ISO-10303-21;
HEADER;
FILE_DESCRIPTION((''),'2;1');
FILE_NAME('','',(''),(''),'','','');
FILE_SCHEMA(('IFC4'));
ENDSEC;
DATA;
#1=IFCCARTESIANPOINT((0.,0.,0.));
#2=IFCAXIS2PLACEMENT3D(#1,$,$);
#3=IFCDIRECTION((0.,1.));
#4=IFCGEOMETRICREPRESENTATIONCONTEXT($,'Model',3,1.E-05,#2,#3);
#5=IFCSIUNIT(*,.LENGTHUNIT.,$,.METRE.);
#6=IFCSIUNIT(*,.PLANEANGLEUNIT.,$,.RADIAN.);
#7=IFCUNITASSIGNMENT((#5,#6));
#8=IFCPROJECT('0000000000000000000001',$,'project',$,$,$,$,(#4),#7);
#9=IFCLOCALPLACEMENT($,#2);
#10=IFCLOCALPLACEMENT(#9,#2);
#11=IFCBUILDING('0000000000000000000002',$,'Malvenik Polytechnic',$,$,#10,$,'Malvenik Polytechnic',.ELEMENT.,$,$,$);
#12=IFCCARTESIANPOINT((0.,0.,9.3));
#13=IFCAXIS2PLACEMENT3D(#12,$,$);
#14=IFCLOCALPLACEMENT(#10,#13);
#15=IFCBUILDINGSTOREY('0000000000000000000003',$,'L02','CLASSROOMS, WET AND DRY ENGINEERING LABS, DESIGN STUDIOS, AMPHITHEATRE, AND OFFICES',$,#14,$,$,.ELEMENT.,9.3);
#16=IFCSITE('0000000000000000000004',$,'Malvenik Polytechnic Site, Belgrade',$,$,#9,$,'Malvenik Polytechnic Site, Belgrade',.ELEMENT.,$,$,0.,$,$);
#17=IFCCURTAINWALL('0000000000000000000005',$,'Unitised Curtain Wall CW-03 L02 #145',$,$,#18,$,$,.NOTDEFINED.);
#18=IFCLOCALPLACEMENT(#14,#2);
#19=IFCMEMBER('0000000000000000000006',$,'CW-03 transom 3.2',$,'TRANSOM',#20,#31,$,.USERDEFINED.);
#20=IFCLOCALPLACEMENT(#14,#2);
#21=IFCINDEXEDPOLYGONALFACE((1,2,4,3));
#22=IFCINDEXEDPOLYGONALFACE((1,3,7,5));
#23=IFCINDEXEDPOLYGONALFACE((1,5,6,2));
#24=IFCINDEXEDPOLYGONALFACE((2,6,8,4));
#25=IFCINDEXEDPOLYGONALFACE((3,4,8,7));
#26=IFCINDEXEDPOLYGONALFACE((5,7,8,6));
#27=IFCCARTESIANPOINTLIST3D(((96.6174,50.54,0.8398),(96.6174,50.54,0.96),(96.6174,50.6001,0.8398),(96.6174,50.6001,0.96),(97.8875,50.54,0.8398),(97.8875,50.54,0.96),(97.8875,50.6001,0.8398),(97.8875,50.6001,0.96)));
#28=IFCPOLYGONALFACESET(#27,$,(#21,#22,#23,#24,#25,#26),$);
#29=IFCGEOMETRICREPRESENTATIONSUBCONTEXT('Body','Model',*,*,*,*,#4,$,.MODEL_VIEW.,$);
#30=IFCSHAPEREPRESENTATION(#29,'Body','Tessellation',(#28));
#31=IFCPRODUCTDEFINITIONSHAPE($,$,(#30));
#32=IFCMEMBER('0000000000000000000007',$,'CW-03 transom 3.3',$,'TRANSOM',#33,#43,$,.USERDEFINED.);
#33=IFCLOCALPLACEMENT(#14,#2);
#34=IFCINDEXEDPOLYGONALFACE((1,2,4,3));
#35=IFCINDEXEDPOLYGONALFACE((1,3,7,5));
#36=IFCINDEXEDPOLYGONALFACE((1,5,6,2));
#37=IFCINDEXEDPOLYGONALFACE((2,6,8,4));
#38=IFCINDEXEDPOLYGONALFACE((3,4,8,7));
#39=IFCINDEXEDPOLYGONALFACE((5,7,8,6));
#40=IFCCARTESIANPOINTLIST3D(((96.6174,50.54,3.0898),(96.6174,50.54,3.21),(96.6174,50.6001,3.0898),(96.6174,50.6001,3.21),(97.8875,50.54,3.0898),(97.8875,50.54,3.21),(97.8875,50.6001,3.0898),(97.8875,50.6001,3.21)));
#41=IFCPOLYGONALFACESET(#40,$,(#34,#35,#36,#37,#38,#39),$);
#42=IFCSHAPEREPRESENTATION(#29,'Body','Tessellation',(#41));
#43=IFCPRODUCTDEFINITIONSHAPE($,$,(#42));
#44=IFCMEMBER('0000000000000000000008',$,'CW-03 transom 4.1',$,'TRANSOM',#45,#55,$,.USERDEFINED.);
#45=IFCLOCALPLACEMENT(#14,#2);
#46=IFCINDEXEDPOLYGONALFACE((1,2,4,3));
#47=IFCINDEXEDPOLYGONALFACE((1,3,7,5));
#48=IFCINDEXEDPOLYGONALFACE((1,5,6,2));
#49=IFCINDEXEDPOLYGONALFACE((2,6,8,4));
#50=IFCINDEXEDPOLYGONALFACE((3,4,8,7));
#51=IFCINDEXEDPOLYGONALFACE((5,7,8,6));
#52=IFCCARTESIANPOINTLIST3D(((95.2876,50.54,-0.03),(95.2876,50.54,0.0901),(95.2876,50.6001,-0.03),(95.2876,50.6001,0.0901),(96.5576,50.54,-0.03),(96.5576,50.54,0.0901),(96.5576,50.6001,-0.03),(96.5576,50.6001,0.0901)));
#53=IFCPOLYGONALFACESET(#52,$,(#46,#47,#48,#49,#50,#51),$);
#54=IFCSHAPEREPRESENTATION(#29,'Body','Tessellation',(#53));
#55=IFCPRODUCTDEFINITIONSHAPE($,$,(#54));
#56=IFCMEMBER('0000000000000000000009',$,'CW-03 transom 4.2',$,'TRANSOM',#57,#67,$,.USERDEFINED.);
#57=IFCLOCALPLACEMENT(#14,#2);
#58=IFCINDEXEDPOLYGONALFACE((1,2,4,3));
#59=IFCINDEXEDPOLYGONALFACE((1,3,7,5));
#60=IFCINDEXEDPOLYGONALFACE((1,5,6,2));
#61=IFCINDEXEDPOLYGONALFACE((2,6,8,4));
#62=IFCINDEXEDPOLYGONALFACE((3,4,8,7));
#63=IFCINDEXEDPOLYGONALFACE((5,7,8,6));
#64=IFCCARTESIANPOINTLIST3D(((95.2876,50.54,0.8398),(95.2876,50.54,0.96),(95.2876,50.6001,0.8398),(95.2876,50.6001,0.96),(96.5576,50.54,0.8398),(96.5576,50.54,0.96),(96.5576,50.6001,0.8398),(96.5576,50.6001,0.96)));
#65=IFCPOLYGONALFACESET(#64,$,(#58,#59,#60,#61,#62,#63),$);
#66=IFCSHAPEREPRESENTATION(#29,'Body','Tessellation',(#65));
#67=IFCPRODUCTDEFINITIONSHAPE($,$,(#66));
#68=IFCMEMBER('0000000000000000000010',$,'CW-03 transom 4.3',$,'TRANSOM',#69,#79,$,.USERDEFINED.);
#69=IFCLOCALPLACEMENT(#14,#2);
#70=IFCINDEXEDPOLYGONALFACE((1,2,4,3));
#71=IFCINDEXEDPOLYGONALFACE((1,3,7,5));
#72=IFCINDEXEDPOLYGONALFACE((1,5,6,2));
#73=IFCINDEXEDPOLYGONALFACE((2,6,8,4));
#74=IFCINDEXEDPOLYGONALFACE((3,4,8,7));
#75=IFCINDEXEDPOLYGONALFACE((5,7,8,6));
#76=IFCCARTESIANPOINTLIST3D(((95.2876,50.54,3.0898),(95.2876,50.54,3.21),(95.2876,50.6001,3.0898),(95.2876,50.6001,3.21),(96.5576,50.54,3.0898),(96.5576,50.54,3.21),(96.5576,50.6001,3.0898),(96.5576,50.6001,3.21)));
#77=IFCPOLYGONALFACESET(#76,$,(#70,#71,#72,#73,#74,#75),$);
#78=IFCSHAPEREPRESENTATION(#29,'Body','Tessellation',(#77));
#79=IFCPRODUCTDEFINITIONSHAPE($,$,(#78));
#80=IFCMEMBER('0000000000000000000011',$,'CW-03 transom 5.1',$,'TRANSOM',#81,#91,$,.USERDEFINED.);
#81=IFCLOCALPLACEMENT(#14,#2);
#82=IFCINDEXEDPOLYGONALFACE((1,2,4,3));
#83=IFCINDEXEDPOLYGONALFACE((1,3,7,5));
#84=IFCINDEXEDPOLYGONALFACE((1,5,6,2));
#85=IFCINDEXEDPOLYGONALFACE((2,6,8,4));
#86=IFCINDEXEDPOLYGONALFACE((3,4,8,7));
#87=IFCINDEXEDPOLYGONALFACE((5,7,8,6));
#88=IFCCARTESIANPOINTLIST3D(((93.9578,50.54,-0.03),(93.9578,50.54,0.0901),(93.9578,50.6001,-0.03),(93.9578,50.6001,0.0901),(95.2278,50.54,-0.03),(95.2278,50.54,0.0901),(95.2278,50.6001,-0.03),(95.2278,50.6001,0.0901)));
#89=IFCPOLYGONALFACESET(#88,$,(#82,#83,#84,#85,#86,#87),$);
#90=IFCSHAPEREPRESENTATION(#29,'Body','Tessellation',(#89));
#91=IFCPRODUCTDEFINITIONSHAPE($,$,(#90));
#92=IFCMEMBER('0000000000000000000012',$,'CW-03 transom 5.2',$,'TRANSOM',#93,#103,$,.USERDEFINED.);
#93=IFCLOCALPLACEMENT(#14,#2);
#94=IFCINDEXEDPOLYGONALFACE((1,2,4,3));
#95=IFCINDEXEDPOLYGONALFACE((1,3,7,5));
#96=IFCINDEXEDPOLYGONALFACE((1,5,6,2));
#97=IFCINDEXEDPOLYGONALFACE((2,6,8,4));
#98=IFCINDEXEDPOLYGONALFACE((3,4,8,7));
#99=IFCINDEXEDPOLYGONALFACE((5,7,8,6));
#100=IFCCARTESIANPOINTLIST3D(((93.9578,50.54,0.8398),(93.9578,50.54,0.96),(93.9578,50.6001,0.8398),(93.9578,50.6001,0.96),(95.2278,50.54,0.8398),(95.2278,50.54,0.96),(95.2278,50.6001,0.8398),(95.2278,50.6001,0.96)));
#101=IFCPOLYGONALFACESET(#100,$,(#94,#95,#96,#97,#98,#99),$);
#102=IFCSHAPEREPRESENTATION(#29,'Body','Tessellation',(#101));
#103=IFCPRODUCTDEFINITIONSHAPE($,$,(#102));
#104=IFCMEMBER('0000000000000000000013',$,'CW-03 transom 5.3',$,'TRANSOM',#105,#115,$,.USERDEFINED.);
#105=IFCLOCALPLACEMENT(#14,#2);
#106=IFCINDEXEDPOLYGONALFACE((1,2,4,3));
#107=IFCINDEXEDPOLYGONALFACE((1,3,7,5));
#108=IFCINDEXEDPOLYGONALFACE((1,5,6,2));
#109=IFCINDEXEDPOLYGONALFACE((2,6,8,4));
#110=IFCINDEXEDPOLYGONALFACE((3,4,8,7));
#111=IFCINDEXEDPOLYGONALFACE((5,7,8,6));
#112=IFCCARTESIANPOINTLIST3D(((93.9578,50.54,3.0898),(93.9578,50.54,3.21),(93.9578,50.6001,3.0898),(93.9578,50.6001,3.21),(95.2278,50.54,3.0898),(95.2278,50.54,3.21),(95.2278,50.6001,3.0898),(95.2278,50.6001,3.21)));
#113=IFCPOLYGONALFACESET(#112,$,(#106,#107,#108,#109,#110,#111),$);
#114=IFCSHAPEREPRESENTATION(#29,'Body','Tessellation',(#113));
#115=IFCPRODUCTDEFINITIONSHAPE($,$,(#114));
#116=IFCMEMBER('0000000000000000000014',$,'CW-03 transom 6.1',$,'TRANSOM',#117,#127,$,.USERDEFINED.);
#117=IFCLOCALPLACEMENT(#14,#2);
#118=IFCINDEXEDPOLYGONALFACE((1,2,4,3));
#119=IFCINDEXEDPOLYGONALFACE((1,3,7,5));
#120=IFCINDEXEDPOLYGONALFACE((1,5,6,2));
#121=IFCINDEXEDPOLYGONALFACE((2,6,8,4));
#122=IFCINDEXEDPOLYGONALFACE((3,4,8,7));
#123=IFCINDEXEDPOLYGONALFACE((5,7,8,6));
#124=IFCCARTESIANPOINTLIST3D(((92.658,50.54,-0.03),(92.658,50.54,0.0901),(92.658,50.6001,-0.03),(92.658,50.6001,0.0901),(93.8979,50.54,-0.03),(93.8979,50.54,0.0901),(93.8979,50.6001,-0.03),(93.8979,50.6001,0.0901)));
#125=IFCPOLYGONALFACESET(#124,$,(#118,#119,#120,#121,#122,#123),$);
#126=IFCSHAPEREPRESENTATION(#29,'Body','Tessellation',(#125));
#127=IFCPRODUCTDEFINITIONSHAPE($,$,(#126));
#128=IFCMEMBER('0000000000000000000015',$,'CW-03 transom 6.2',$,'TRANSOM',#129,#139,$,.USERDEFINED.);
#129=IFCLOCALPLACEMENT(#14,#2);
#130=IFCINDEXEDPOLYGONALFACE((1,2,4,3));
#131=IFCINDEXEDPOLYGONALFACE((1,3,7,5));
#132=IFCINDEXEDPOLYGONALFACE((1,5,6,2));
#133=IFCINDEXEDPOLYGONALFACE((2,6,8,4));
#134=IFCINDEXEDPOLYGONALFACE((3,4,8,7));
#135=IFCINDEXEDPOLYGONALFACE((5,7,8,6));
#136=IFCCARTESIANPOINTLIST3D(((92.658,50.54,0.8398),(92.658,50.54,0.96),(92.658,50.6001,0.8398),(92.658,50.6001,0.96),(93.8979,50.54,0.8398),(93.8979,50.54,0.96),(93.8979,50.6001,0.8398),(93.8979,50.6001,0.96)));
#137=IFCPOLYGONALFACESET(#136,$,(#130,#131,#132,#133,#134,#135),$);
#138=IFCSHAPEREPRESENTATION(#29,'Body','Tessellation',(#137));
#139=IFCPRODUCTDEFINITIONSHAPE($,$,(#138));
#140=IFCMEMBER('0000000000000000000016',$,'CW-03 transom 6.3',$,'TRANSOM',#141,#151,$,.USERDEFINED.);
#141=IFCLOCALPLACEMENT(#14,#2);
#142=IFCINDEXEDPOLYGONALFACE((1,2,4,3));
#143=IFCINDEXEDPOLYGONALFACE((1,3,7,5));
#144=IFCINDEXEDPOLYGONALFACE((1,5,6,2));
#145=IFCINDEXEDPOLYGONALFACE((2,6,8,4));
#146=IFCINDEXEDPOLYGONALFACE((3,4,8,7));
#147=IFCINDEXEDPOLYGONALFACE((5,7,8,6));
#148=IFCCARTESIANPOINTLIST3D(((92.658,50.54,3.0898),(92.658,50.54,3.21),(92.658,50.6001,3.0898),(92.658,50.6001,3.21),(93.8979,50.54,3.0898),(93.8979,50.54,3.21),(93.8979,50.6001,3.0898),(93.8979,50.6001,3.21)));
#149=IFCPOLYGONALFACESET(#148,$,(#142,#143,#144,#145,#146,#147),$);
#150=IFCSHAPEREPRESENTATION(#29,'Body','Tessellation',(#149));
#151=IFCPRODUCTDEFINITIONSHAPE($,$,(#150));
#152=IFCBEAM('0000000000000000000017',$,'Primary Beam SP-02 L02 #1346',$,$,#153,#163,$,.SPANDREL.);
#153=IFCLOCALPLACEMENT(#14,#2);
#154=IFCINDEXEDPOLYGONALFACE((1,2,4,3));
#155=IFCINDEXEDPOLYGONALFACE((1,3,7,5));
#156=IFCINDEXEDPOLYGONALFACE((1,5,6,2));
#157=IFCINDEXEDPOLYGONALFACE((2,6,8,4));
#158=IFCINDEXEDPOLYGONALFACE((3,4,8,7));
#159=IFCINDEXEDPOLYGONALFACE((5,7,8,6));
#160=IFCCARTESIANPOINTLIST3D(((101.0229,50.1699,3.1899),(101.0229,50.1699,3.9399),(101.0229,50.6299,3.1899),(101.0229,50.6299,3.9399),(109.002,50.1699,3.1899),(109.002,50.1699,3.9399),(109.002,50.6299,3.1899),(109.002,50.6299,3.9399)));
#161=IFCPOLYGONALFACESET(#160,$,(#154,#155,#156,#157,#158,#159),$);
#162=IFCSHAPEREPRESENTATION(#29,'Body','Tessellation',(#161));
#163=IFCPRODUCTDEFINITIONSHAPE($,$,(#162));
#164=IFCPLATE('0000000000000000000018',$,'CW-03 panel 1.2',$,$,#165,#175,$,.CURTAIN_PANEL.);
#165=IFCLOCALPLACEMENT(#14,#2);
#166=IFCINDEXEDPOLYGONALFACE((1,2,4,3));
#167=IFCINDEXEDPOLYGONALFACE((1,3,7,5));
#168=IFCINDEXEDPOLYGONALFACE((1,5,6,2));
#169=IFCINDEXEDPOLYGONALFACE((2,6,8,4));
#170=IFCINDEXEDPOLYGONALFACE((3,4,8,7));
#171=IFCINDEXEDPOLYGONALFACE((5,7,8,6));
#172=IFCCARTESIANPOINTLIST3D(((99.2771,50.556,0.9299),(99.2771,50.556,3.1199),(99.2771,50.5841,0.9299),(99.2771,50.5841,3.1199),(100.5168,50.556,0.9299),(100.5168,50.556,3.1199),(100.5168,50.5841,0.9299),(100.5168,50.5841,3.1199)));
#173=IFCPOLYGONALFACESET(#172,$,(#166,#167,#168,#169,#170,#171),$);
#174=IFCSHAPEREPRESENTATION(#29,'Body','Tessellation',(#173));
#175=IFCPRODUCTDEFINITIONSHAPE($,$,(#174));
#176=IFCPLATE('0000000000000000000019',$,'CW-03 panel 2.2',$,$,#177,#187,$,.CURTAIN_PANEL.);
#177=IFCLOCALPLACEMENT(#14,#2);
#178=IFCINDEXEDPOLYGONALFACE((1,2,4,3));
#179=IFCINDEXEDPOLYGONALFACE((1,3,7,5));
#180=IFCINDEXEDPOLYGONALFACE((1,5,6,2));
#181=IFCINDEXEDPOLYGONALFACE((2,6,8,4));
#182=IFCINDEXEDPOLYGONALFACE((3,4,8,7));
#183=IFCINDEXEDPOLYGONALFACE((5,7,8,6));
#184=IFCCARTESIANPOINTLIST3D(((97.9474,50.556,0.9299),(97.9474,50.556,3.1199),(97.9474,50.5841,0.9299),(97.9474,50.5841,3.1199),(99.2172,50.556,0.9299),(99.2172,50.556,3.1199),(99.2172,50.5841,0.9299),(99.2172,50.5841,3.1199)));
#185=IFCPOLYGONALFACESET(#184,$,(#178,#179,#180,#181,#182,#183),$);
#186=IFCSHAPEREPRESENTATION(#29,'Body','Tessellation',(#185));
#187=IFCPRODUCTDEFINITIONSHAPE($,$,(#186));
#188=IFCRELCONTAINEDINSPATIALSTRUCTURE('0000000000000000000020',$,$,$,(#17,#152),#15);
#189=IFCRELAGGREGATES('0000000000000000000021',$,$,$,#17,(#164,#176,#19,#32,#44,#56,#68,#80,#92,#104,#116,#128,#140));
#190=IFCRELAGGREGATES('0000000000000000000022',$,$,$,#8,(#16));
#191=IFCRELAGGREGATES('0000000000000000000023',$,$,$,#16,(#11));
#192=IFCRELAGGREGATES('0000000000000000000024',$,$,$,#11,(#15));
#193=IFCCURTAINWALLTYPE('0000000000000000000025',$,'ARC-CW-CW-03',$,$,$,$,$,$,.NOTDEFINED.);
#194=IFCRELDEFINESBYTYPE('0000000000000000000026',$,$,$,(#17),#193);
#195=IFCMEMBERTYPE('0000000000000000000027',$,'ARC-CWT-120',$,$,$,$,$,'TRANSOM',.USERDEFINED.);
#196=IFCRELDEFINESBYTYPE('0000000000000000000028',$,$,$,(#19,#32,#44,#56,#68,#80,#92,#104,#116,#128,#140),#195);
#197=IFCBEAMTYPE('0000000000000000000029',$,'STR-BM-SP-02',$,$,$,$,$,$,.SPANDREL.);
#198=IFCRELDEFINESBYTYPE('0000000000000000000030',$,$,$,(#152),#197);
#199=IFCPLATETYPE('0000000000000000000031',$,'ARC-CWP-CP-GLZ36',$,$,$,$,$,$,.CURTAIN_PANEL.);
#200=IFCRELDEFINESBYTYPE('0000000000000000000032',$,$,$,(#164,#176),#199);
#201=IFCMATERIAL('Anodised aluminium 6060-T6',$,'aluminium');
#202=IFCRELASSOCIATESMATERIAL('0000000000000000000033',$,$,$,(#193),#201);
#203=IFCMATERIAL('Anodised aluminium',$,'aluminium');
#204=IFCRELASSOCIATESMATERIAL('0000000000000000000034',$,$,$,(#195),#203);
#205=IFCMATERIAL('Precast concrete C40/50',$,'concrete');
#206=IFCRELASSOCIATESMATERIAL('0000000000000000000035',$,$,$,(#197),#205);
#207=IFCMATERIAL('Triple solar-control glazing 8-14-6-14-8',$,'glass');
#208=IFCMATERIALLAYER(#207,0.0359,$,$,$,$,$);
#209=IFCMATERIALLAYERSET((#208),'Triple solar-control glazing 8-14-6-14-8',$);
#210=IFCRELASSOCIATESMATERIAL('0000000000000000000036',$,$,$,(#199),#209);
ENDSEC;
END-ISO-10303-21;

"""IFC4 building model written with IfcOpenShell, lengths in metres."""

from ifc_helpers import new_model, si_unit, direction, frame, origin, origin_2d, place, context, subcontext, project, spatial, rectangle, extrude, material, layer, layer_set, material_profile, profile_set, type_object, element, aggregate, save


model = new_model("IFC4")

# Units and contexts
model_context = context("Model", 3, precision=1e-05, world=origin(), true_north=direction((0.0, 1.0)))
body_context = subcontext(model_context, "Body", "Model", "MODEL_VIEW")
ifc_project = project(units=[si_unit("LENGTHUNIT", "METRE"), si_unit("PLANEANGLEUNIT", "RADIAN")], contexts=[model_context])

# Site, building, storey
site_placement = place(None, origin())
site = spatial("IfcSite", under=ifc_project, at=site_placement, Name="Malvenik Polytechnic Site, Belgrade", LongName="Malvenik Polytechnic Site, Belgrade", CompositionType="ELEMENT", RefElevation=0.0)
building_placement = place(site_placement, origin())
building = spatial("IfcBuilding", under=site, at=building_placement, Name="Malvenik Polytechnic", LongName="Malvenik Polytechnic", CompositionType="ELEMENT")
storey_placement = place(building_placement, frame((0.0, 0.0, 9.3)))
storey = spatial("IfcBuildingStorey", under=building, at=storey_placement, Name="L02", Description="CLASSROOMS, WET AND DRY ENGINEERING LABS, DESIGN STUDIOS, AMPHITHEATRE, AND OFFICES", CompositionType="ELEMENT", Elevation=9.3)

# Curtain wall, members
ifc_material_1 = material(Name="Anodised aluminium 6060-T6", Category="aluminium")
curtain_wall_type = type_object("IfcCurtainWallType", Name="ARC-CW-CW-03", PredefinedType="NOTDEFINED", material=ifc_material_1)
curtain_wall_placement = place(storey_placement, origin())
curtain_wall = element("IfcCurtainWall", 1, at=curtain_wall_placement, inside=storey, type_object=curtain_wall_type, Name="Unitised Curtain Wall CW-03 L02 #145", PredefinedType="NOTDEFINED")
ifc_material_2 = material(Name="Anodised aluminium", Category="aluminium")
ifc_material_profile_1 = material_profile(ifc_material_2, rectangle(XDim=0.0601, YDim=0.1201, at=origin_2d()), Name="ALU TRANSOM 60x120")
ifc_profile_set_1 = profile_set([ifc_material_profile_1], Name="Anodised aluminium")
member_type_1 = type_object("IfcMemberType", Name="ARC-CWT-120", ElementType="TRANSOM", PredefinedType="USERDEFINED", material=ifc_profile_set_1)
member_1_placement = place(storey_placement, frame((97.8875, 50.5701, 0.8999), z_axis=(-1.0, 0.0, 0.0), x_axis=(0.0, -1.0, 0.0)))
member_1 = element("IfcMember", 2, at=member_1_placement, type_object=member_type_1, Name="CW-03 transom 3.2", ObjectType="TRANSOM", PredefinedType="USERDEFINED", context=body_context, shape_type="SweptSolid", body=[
    extrude(rectangle(XDim=0.0601, YDim=0.1201, at=origin_2d()), origin(), (0.0, 0.0, 1.0), 1.27),
])
member_2_placement = place(storey_placement, frame((97.8875, 50.5701, 3.1499), z_axis=(-1.0, 0.0, 0.0), x_axis=(0.0, -1.0, 0.0)))
member_2 = element("IfcMember", 3, at=member_2_placement, type_object=member_type_1, Name="CW-03 transom 3.3", ObjectType="TRANSOM", PredefinedType="USERDEFINED", context=body_context, shape_type="SweptSolid", body=[
    extrude(rectangle(XDim=0.0601, YDim=0.1201, at=origin_2d()), origin(), (0.0, 0.0, 1.0), 1.27),
])
member_3_placement = place(storey_placement, frame((96.5576, 50.5701, 0.03), z_axis=(-1.0, 0.0, 0.0), x_axis=(0.0, -1.0, 0.0)))
member_3 = element("IfcMember", 4, at=member_3_placement, type_object=member_type_1, Name="CW-03 transom 4.1", ObjectType="TRANSOM", PredefinedType="USERDEFINED", context=body_context, shape_type="SweptSolid", body=[
    extrude(rectangle(XDim=0.0601, YDim=0.1201, at=origin_2d()), origin(), (0.0, 0.0, 1.0), 1.27),
])
member_4_placement = place(storey_placement, frame((96.5576, 50.5701, 0.8999), z_axis=(-1.0, 0.0, 0.0), x_axis=(0.0, -1.0, 0.0)))
member_4 = element("IfcMember", 5, at=member_4_placement, type_object=member_type_1, Name="CW-03 transom 4.2", ObjectType="TRANSOM", PredefinedType="USERDEFINED", context=body_context, shape_type="SweptSolid", body=[
    extrude(rectangle(XDim=0.0601, YDim=0.1201, at=origin_2d()), origin(), (0.0, 0.0, 1.0), 1.27),
])
member_5_placement = place(storey_placement, frame((96.5576, 50.5701, 3.1499), z_axis=(-1.0, 0.0, 0.0), x_axis=(0.0, -1.0, 0.0)))
member_5 = element("IfcMember", 6, at=member_5_placement, type_object=member_type_1, Name="CW-03 transom 4.3", ObjectType="TRANSOM", PredefinedType="USERDEFINED", context=body_context, shape_type="SweptSolid", body=[
    extrude(rectangle(XDim=0.0601, YDim=0.1201, at=origin_2d()), origin(), (0.0, 0.0, 1.0), 1.27),
])
member_6_placement = place(storey_placement, frame((95.2278, 50.5701, 0.03), z_axis=(-1.0, 0.0, 0.0), x_axis=(0.0, -1.0, 0.0)))
member_6 = element("IfcMember", 7, at=member_6_placement, type_object=member_type_1, Name="CW-03 transom 5.1", ObjectType="TRANSOM", PredefinedType="USERDEFINED", context=body_context, shape_type="SweptSolid", body=[
    extrude(rectangle(XDim=0.0601, YDim=0.1201, at=origin_2d()), origin(), (0.0, 0.0, 1.0), 1.27),
])
member_7_placement = place(storey_placement, frame((95.2278, 50.5701, 0.8999), z_axis=(-1.0, 0.0, 0.0), x_axis=(0.0, -1.0, 0.0)))
member_7 = element("IfcMember", 8, at=member_7_placement, type_object=member_type_1, Name="CW-03 transom 5.2", ObjectType="TRANSOM", PredefinedType="USERDEFINED", context=body_context, shape_type="SweptSolid", body=[
    extrude(rectangle(XDim=0.0601, YDim=0.1201, at=origin_2d()), origin(), (0.0, 0.0, 1.0), 1.27),
])
member_8_placement = place(storey_placement, frame((95.2278, 50.5701, 3.1499), z_axis=(-1.0, 0.0, 0.0), x_axis=(0.0, -1.0, 0.0)))
member_8 = element("IfcMember", 9, at=member_8_placement, type_object=member_type_1, Name="CW-03 transom 5.3", ObjectType="TRANSOM", PredefinedType="USERDEFINED", context=body_context, shape_type="SweptSolid", body=[
    extrude(rectangle(XDim=0.0601, YDim=0.1201, at=origin_2d()), origin(), (0.0, 0.0, 1.0), 1.27),
])
member_9_placement = place(storey_placement, frame((93.8979, 50.5701, 0.03), z_axis=(-1.0, 0.0, 0.0), x_axis=(0.0, -1.0, 0.0)))
member_9 = element("IfcMember", 10, at=member_9_placement, type_object=member_type_1, Name="CW-03 transom 6.1", ObjectType="TRANSOM", PredefinedType="USERDEFINED", context=body_context, shape_type="SweptSolid", body=[
    extrude(rectangle(XDim=0.0601, YDim=0.1201, at=origin_2d()), origin(), (0.0, 0.0, 1.0), 1.24),
])
member_10_placement = place(storey_placement, frame((93.8979, 50.5701, 0.8999), z_axis=(-1.0, 0.0, 0.0), x_axis=(0.0, -1.0, 0.0)))
member_10 = element("IfcMember", 11, at=member_10_placement, type_object=member_type_1, Name="CW-03 transom 6.2", ObjectType="TRANSOM", PredefinedType="USERDEFINED", context=body_context, shape_type="SweptSolid", body=[
    extrude(rectangle(XDim=0.0601, YDim=0.1201, at=origin_2d()), origin(), (0.0, 0.0, 1.0), 1.24),
])
member_11_placement = place(storey_placement, frame((93.8979, 50.5701, 3.1499), z_axis=(-1.0, 0.0, 0.0), x_axis=(0.0, -1.0, 0.0)))
member_11 = element("IfcMember", 12, at=member_11_placement, type_object=member_type_1, Name="CW-03 transom 6.3", ObjectType="TRANSOM", PredefinedType="USERDEFINED", context=body_context, shape_type="SweptSolid", body=[
    extrude(rectangle(XDim=0.0601, YDim=0.1201, at=origin_2d()), origin(), (0.0, 0.0, 1.0), 1.24),
])

# Beam
ifc_material_3 = material(Name="Precast concrete C40/50", Category="concrete")
ifc_material_profile_2 = material_profile(ifc_material_3, rectangle(XDim=0.46, YDim=0.75, at=origin_2d()), Name="PC SPN 460x750")
ifc_profile_set_2 = profile_set([ifc_material_profile_2], Name="Precast concrete C40/50")
beam_type = type_object("IfcBeamType", Name="STR-BM-SP-02", PredefinedType="SPANDREL", material=ifc_profile_set_2)
beam_placement = place(storey_placement, frame((101.0229, 50.3999, 3.5649), z_axis=(1.0, 0.0, 0.0), x_axis=(0.0, 1.0, 0.0)))
element("IfcBeam", 13, at=beam_placement, inside=storey, type_object=beam_type, Name="Primary Beam SP-02 L02 #1346", PredefinedType="SPANDREL", context=body_context, shape_type="SweptSolid", body=[
    extrude(rectangle(XDim=0.46, YDim=0.75, at=origin_2d()), origin(), (0.0, 0.0, 1.0), 7.979),
])

# Plates
ifc_material_4 = material(Name="Triple solar-control glazing 8-14-6-14-8", Category="glass")
ifc_layer_1 = layer(ifc_material_4, 0.0359)
ifc_layer_set_1 = layer_set([ifc_layer_1], Name="Triple solar-control glazing 8-14-6-14-8")
plate_type_1 = type_object("IfcPlateType", Name="ARC-CWP-CP-GLZ36", PredefinedType="CURTAIN_PANEL", material=ifc_layer_set_1)
plate_1_placement = place(storey_placement, frame((99.897, 50.5701, 0.9299), z_axis=(0.0, 0.0, 1.0), x_axis=(-1.0, 0.0, 0.0)))
plate_1 = element("IfcPlate", 14, at=plate_1_placement, type_object=plate_type_1, Name="CW-03 panel 1.2", PredefinedType="CURTAIN_PANEL", context=body_context, shape_type="SweptSolid", body=[
    extrude(rectangle(XDim=1.2397, YDim=0.0281, at=origin_2d()), origin(), (0.0, 0.0, 1.0), 2.1899),
])
plate_2_placement = place(storey_placement, frame((98.5823, 50.5701, 0.9299), z_axis=(0.0, 0.0, 1.0), x_axis=(-1.0, 0.0, 0.0)))
plate_2 = element("IfcPlate", 15, at=plate_2_placement, type_object=plate_type_1, Name="CW-03 panel 2.2", PredefinedType="CURTAIN_PANEL", context=body_context, shape_type="SweptSolid", body=[
    extrude(rectangle(XDim=1.2698, YDim=0.0281, at=origin_2d()), origin(), (0.0, 0.0, 1.0), 2.1899),
])
aggregate(curtain_wall, [plate_1, plate_2, member_1, member_2, member_3, member_4, member_5, member_6, member_7, member_8, member_9, member_10, member_11])

save(model, "model.ifc")
